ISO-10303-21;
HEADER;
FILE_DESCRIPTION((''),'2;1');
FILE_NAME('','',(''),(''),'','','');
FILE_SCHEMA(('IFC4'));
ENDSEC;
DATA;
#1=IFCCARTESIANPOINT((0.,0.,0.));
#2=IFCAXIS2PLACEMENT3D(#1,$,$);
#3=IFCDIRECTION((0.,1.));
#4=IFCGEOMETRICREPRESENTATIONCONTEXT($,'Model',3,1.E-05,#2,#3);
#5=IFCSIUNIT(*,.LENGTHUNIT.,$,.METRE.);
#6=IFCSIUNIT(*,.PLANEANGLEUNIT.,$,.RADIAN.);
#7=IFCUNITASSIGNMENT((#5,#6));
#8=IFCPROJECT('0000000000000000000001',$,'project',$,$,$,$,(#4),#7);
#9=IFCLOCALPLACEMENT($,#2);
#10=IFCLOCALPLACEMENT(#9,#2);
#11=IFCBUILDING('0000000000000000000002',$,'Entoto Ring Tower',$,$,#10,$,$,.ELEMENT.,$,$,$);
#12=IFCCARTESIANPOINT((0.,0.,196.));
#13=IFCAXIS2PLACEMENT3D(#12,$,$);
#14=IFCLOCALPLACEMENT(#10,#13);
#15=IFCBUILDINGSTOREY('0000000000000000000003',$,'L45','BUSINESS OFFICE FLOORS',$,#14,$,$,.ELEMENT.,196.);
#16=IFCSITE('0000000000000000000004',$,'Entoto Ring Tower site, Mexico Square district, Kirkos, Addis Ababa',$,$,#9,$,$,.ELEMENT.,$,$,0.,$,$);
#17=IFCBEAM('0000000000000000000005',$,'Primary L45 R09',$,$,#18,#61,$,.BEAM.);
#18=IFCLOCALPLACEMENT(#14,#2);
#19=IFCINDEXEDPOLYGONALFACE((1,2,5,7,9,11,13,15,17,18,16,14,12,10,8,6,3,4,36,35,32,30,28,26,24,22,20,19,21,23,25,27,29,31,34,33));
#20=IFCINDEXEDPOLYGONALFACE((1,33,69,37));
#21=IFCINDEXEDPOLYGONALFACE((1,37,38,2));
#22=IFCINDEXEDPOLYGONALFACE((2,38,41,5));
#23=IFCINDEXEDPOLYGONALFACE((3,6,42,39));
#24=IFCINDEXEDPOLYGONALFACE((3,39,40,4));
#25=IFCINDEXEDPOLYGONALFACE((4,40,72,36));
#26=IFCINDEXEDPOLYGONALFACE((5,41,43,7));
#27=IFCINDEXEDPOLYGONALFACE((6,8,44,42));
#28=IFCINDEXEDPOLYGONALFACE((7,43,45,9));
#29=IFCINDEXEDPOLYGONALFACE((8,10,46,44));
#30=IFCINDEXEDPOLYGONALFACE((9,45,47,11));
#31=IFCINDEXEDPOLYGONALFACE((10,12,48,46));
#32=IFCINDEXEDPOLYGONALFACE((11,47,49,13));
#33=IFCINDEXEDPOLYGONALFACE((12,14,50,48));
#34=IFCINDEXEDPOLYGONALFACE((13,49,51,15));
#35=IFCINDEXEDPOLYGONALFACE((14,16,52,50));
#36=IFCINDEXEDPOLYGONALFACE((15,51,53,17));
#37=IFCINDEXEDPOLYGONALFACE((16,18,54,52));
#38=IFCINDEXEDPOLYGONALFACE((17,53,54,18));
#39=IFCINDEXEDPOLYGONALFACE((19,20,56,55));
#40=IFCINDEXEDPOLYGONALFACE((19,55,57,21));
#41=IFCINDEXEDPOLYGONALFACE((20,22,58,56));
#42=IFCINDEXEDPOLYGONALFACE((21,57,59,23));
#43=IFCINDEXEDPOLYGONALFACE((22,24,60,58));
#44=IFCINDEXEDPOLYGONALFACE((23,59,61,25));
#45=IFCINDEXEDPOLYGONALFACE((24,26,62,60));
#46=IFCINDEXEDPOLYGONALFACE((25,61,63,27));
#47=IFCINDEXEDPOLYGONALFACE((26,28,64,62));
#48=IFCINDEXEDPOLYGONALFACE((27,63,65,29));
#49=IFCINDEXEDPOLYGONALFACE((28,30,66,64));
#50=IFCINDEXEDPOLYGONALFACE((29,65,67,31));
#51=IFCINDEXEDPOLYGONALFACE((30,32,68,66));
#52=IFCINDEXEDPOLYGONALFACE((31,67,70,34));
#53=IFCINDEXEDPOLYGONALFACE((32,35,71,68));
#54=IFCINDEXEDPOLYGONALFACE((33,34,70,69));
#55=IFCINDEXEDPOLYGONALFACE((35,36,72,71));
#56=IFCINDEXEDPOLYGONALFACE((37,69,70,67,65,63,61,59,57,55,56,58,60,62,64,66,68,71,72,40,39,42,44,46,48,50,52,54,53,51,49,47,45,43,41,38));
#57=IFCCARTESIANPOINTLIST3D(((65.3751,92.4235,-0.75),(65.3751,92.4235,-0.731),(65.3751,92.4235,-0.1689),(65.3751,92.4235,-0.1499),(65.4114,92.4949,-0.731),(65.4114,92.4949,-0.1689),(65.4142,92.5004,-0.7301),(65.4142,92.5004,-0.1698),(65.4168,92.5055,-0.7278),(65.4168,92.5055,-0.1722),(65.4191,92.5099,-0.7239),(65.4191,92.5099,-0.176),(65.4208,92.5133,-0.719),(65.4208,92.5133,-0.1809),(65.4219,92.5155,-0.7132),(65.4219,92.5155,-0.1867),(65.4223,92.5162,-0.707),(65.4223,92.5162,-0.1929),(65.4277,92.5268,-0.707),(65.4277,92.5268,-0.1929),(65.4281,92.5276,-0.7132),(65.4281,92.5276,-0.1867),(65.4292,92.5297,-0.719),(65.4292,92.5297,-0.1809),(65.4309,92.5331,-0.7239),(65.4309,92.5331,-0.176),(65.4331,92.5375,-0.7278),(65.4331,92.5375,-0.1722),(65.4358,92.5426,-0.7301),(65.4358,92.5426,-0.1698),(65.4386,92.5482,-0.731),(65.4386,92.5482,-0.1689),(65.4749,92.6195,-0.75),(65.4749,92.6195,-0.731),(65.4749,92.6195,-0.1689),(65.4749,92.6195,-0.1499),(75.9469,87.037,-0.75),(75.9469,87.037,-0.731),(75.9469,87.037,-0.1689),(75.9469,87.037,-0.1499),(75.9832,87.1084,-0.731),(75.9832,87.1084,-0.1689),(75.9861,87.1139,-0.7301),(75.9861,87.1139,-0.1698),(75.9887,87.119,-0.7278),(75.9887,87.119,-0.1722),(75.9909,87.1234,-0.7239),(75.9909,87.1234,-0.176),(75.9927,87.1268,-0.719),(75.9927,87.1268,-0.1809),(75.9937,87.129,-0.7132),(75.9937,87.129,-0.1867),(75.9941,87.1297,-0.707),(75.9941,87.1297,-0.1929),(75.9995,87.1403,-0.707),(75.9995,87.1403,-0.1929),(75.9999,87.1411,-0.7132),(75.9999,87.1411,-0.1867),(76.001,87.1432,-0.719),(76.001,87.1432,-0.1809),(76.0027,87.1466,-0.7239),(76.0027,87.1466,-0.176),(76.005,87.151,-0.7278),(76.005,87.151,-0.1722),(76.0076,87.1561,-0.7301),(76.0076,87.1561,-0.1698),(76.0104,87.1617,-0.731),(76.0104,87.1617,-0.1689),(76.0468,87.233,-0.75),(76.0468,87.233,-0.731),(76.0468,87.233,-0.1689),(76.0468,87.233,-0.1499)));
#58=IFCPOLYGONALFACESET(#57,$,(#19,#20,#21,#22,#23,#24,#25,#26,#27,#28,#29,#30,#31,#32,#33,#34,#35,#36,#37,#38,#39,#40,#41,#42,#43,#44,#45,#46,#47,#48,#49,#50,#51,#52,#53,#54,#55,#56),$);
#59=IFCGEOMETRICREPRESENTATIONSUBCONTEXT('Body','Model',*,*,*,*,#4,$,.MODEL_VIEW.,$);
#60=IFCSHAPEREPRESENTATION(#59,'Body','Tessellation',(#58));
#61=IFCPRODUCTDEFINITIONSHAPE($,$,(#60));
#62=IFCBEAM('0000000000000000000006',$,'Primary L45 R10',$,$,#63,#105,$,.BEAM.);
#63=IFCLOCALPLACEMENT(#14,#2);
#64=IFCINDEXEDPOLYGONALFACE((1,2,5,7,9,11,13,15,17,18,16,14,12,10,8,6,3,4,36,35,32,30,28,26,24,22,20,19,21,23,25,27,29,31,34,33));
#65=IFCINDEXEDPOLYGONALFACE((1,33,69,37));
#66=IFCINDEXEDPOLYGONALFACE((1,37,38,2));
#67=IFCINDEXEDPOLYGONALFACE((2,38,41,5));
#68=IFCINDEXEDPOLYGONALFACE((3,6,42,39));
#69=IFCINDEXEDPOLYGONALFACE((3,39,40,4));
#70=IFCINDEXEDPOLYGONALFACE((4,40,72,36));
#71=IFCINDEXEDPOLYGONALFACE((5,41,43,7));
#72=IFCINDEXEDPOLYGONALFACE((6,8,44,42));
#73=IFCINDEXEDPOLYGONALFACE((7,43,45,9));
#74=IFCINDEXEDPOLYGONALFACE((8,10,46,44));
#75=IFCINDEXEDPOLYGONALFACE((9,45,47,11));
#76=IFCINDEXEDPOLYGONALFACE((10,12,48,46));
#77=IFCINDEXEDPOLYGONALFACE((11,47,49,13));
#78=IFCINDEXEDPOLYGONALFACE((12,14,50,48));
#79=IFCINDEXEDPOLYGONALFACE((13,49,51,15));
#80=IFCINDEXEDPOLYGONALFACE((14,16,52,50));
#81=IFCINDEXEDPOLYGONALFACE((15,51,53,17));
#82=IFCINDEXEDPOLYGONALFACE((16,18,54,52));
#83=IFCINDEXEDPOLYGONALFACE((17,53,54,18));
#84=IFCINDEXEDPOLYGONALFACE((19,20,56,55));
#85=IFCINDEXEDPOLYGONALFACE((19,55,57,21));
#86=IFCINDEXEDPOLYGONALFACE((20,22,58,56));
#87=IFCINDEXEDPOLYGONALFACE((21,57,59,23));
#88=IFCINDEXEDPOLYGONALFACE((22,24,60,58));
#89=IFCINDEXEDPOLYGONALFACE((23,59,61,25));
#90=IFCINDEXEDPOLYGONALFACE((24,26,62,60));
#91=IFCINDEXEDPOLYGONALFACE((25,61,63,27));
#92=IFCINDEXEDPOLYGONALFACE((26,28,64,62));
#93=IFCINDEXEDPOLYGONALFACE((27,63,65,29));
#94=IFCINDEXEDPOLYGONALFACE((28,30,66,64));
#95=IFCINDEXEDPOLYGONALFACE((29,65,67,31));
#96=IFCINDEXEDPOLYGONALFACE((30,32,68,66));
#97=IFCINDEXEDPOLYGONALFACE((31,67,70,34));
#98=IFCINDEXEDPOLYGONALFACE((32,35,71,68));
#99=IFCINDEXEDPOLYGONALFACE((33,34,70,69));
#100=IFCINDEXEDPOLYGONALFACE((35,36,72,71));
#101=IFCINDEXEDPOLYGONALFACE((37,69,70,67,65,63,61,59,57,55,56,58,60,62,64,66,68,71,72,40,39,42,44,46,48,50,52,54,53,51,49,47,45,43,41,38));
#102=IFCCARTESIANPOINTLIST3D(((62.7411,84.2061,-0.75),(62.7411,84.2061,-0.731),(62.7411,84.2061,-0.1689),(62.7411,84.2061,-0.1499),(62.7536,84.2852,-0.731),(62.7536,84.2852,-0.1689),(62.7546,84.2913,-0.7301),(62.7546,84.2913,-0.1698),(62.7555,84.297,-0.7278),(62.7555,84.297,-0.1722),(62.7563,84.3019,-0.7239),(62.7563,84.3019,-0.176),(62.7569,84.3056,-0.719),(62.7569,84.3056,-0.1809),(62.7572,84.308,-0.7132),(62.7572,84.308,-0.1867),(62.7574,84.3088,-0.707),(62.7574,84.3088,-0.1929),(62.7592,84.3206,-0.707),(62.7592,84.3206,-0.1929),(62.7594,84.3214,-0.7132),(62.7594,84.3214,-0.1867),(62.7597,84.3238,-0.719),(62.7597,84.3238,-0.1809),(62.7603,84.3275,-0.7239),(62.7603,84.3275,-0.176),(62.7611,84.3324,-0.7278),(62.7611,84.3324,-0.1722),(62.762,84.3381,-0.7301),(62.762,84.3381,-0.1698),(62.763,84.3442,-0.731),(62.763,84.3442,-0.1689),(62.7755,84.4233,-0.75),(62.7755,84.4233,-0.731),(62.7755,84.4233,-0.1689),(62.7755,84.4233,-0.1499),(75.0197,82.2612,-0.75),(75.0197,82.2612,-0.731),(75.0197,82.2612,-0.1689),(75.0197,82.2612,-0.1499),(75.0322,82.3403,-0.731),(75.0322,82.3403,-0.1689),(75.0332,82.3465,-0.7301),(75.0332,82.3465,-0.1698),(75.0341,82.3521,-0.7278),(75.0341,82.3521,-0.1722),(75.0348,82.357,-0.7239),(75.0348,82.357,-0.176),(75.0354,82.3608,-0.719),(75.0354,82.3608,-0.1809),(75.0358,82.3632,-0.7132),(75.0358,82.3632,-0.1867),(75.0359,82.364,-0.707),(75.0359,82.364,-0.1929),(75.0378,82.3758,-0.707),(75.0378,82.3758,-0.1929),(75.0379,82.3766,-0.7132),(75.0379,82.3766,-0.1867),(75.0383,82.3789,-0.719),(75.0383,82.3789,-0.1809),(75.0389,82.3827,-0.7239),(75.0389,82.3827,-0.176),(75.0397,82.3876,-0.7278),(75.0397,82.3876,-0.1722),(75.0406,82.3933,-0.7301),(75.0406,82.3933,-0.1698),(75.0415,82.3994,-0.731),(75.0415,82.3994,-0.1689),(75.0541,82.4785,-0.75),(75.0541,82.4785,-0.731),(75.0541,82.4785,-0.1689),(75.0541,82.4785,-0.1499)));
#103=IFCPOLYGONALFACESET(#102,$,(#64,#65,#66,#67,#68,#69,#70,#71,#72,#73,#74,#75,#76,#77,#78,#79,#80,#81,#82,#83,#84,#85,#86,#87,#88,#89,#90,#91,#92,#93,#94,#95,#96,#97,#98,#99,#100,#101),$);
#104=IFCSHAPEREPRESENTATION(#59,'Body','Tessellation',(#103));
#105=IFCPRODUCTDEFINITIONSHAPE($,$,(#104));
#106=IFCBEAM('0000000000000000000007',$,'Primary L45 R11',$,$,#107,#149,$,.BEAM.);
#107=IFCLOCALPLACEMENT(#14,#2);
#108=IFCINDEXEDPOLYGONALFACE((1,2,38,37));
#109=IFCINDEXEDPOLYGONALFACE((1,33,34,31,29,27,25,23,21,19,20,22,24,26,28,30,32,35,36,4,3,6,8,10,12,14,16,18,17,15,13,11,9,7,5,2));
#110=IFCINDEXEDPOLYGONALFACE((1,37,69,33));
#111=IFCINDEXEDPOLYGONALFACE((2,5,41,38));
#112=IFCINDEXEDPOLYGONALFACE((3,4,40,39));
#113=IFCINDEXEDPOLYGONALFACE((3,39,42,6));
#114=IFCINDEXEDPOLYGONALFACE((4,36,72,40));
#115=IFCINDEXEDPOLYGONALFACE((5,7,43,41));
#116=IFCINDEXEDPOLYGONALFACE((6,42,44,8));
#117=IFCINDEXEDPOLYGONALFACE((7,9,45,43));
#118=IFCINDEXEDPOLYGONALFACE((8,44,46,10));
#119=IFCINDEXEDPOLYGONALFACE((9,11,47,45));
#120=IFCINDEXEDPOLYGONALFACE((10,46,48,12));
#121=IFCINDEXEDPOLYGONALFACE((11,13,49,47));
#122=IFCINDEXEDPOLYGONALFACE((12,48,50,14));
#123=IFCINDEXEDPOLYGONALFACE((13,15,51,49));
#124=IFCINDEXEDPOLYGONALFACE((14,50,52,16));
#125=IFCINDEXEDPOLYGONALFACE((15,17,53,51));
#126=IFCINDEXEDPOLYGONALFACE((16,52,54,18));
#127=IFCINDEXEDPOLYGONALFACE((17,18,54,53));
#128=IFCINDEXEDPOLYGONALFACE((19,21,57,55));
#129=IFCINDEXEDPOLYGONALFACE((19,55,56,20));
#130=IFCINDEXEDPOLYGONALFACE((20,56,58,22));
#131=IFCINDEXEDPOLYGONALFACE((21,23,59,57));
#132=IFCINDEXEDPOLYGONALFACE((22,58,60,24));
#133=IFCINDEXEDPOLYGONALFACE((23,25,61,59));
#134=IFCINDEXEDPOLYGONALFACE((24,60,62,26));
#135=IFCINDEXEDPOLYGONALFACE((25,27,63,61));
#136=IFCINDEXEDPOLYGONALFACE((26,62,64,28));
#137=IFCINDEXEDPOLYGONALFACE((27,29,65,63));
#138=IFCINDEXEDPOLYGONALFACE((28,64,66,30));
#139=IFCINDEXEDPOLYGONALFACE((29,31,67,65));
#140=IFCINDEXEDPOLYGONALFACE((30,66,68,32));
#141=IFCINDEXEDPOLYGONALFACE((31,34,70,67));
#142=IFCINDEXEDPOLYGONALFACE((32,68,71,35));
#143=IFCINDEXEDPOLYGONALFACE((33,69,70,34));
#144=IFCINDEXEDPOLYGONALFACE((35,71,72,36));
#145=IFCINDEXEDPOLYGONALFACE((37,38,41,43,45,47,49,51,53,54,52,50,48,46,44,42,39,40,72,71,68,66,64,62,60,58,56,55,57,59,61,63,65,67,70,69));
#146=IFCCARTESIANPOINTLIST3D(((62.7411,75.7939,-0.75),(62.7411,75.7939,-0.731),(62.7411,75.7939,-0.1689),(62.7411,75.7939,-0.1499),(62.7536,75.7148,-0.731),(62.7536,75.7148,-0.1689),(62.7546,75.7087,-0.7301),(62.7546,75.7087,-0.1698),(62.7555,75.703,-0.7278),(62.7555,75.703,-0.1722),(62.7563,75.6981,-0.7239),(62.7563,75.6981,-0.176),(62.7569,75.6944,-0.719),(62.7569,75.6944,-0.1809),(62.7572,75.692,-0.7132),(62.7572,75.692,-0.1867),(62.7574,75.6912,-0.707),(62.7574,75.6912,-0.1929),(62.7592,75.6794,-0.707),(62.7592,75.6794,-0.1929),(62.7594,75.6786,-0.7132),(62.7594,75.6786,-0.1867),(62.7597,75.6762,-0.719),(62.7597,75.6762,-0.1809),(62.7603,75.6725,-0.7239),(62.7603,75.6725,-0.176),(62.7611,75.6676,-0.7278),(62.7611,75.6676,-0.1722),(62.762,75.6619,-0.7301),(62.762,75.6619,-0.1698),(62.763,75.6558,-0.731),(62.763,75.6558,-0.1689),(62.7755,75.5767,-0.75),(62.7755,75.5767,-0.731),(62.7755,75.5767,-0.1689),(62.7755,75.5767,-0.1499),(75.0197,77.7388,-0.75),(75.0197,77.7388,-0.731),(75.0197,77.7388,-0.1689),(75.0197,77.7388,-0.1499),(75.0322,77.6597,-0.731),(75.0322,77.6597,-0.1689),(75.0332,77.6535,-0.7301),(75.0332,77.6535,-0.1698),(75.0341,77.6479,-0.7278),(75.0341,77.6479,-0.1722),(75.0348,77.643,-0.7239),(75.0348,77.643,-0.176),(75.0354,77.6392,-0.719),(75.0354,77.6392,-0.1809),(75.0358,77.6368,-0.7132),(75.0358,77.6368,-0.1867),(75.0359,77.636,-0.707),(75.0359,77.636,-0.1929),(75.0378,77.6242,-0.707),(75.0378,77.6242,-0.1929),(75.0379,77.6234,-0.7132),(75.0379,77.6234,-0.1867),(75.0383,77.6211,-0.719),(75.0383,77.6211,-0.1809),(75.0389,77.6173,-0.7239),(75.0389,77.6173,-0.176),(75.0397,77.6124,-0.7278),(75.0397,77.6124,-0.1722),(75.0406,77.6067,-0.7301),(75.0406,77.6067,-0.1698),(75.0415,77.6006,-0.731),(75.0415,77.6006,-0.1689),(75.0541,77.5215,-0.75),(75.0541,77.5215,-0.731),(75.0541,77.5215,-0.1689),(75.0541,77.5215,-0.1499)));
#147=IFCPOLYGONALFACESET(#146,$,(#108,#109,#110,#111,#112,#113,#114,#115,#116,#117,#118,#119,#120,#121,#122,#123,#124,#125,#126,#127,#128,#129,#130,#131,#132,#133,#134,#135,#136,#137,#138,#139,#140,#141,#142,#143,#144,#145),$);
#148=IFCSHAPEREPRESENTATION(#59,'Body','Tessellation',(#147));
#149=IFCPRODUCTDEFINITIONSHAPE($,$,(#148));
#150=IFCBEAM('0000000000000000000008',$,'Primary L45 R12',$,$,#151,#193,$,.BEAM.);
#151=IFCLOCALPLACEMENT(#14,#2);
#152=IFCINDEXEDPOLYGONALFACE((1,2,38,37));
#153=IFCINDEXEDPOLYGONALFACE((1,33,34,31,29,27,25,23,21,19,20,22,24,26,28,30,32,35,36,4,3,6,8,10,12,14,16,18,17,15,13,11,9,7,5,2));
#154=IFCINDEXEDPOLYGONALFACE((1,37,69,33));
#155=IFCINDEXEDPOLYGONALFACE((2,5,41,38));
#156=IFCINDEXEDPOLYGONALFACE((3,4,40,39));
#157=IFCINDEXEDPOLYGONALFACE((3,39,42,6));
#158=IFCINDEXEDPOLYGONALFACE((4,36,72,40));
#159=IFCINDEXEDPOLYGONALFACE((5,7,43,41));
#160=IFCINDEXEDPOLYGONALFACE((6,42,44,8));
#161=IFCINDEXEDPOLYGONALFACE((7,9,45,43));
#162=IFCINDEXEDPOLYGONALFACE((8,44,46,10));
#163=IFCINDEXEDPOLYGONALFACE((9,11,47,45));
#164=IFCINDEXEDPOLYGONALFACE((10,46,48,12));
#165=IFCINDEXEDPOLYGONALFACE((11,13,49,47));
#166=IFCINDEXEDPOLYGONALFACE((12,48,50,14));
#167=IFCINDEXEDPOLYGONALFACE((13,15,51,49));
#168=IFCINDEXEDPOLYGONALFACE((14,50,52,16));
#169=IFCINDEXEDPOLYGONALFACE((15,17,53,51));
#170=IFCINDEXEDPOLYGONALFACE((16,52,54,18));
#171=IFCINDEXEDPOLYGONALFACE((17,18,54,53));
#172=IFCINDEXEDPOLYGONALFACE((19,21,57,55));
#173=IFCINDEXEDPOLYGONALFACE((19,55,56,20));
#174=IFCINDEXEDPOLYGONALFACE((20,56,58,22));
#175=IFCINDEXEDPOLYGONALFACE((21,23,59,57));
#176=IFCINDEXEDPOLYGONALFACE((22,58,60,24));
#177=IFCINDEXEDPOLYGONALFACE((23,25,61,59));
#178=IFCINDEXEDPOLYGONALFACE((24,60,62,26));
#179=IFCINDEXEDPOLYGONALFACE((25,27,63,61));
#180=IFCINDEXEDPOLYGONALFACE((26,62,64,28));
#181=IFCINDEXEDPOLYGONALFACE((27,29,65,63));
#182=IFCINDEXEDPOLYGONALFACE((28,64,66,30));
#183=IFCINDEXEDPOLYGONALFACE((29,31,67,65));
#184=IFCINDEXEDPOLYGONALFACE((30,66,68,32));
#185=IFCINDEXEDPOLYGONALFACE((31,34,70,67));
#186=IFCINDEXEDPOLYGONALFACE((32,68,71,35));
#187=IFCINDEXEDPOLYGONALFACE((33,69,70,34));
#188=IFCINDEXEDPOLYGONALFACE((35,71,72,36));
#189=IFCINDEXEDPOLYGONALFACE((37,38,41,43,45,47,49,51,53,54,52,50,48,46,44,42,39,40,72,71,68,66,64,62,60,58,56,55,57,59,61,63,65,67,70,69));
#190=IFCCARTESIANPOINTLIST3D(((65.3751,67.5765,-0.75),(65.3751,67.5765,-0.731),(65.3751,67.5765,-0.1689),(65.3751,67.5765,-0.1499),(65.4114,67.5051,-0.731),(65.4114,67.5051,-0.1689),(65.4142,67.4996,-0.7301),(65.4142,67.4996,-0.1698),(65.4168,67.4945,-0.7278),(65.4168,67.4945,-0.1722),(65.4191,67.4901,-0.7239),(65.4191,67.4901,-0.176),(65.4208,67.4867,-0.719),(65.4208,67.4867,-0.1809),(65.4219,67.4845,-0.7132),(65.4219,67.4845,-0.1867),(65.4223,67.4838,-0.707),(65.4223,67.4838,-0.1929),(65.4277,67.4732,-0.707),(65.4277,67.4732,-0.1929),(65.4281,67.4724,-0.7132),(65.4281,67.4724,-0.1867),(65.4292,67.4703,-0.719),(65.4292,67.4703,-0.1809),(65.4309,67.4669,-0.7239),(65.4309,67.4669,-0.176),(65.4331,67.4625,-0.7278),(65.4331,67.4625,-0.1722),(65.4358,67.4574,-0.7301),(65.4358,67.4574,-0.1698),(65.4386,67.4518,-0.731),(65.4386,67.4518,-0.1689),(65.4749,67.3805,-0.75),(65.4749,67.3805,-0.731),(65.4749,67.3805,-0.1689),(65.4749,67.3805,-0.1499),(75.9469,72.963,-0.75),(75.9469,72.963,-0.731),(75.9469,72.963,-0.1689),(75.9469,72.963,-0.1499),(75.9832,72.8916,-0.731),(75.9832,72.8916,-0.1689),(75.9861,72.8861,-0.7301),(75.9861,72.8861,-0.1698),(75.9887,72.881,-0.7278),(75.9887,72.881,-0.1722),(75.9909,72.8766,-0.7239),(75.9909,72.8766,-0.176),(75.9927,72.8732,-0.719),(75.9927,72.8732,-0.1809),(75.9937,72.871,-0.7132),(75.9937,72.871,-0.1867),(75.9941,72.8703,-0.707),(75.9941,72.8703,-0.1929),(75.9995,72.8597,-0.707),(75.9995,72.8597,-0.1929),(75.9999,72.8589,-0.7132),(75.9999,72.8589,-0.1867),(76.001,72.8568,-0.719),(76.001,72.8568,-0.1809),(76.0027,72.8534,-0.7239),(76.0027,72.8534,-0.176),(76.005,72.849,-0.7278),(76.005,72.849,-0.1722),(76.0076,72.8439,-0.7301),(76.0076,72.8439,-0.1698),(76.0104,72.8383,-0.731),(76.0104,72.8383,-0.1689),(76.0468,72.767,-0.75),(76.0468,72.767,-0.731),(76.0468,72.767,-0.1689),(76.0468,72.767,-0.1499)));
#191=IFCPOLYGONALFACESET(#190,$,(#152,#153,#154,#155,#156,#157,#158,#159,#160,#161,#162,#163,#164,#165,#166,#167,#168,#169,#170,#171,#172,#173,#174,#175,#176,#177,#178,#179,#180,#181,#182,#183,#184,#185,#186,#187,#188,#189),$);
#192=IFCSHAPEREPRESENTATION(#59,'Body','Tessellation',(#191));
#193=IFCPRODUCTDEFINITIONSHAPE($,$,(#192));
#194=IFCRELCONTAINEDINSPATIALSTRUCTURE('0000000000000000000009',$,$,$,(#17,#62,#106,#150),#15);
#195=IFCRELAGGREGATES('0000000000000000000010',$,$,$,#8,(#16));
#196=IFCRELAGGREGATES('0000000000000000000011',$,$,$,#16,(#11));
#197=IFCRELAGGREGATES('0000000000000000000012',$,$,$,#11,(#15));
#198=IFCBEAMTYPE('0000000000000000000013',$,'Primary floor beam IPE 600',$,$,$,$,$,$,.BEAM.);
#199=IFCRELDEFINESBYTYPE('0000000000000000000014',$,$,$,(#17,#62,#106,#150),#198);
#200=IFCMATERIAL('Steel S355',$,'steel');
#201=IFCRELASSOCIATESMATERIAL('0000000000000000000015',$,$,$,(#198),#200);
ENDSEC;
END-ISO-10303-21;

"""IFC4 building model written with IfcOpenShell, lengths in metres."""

from ifc_helpers import new_model, si_unit, direction, frame, origin, origin_2d, place, context, subcontext, project, spatial, i_section, extrude, material, material_profile, profile_set, type_object, element, save


model = new_model("IFC4")

# Units and contexts
model_context = context("Model", 3, precision=1e-05, world=origin(), true_north=direction((0.0, 1.0)))
body_context = subcontext(model_context, "Body", "Model", "MODEL_VIEW")
ifc_project = project(units=[si_unit("LENGTHUNIT", "METRE"), si_unit("PLANEANGLEUNIT", "RADIAN")], contexts=[model_context])

# Site, building, storey
site_placement = place(None, origin())
site = spatial("IfcSite", under=ifc_project, at=site_placement, Name="Entoto Ring Tower site, Mexico Square district, Kirkos, Addis Ababa", CompositionType="ELEMENT", RefElevation=0.0)
building_placement = place(site_placement, origin())
building = spatial("IfcBuilding", under=site, at=building_placement, Name="Entoto Ring Tower", CompositionType="ELEMENT")
storey_placement = place(building_placement, frame((0.0, 0.0, 196.0)))
storey = spatial("IfcBuildingStorey", under=building, at=storey_placement, Name="L45", Description="BUSINESS OFFICE FLOORS", CompositionType="ELEMENT", Elevation=196.0)

# Beams
ifc_material_1 = material(Name="Steel S355", Category="steel")
ifc_material_profile_1 = material_profile(ifc_material_1, i_section(OverallWidth=0.22, OverallDepth=0.6001, WebThickness=0.012, FlangeThickness=0.019, FilletRadius=0.0239, at=origin_2d()), Name="IPE 600")
ifc_profile_set_1 = profile_set([ifc_material_profile_1], Name="Steel S355")
beam_type_1 = type_object("IfcBeamType", Name="Primary floor beam IPE 600", PredefinedType="BEAM", material=ifc_profile_set_1)
beam_1_placement = place(storey_placement, frame((75.9968, 87.135, -0.45), z_axis=(-0.89101, 0.453983, 0.0), x_axis=(-0.453983, -0.89101, 0.0)))
element("IfcBeam", 1, at=beam_1_placement, inside=storey, type_object=beam_type_1, Name="Primary L45 R09", PredefinedType="BEAM", context=body_context, shape_type="SweptSolid", body=[
    extrude(i_section(OverallWidth=0.22, OverallDepth=0.6001, WebThickness=0.012, FlangeThickness=0.019, FilletRadius=0.0239, at=origin_2d()), origin(), (0.0, 0.0, 1.0), 11.865),
])
for number, where, z_axis, x_axis, name in (
    (2, (75.0369, 82.3699, -0.45), (-0.987687, 0.156442, 0.0), (-0.156442, -0.987687, 0.0), "Primary L45 R10"),
    (3, (75.0369, 77.6301, -0.45), (-0.987687, -0.156442, 0.0), (0.156442, -0.987687, 0.0), "Primary L45 R11"),
):
    element("IfcBeam", number, at=place(storey_placement, frame(where, z_axis=z_axis, x_axis=x_axis)), inside=storey, type_object=beam_type_1, Name=name, PredefinedType="BEAM", context=body_context, shape_type="SweptSolid", body=[
        extrude(i_section(OverallWidth=0.22, OverallDepth=0.6001, WebThickness=0.012, FlangeThickness=0.019, FilletRadius=0.0239, at=origin_2d()), origin(), (0.0, 0.0, 1.0), 12.4316),
    ])
beam_2_placement = place(storey_placement, frame((75.9968, 72.865, -0.45), z_axis=(-0.89101, -0.453983, 0.0), x_axis=(0.453983, -0.89101, 0.0)))
element("IfcBeam", 4, at=beam_2_placement, inside=storey, type_object=beam_type_1, Name="Primary L45 R12", PredefinedType="BEAM", context=body_context, shape_type="SweptSolid", body=[
    extrude(i_section(OverallWidth=0.22, OverallDepth=0.6001, WebThickness=0.012, FlangeThickness=0.019, FilletRadius=0.0239, at=origin_2d()), origin(), (0.0, 0.0, 1.0), 11.865),
])

save(model, "model.ifc")
